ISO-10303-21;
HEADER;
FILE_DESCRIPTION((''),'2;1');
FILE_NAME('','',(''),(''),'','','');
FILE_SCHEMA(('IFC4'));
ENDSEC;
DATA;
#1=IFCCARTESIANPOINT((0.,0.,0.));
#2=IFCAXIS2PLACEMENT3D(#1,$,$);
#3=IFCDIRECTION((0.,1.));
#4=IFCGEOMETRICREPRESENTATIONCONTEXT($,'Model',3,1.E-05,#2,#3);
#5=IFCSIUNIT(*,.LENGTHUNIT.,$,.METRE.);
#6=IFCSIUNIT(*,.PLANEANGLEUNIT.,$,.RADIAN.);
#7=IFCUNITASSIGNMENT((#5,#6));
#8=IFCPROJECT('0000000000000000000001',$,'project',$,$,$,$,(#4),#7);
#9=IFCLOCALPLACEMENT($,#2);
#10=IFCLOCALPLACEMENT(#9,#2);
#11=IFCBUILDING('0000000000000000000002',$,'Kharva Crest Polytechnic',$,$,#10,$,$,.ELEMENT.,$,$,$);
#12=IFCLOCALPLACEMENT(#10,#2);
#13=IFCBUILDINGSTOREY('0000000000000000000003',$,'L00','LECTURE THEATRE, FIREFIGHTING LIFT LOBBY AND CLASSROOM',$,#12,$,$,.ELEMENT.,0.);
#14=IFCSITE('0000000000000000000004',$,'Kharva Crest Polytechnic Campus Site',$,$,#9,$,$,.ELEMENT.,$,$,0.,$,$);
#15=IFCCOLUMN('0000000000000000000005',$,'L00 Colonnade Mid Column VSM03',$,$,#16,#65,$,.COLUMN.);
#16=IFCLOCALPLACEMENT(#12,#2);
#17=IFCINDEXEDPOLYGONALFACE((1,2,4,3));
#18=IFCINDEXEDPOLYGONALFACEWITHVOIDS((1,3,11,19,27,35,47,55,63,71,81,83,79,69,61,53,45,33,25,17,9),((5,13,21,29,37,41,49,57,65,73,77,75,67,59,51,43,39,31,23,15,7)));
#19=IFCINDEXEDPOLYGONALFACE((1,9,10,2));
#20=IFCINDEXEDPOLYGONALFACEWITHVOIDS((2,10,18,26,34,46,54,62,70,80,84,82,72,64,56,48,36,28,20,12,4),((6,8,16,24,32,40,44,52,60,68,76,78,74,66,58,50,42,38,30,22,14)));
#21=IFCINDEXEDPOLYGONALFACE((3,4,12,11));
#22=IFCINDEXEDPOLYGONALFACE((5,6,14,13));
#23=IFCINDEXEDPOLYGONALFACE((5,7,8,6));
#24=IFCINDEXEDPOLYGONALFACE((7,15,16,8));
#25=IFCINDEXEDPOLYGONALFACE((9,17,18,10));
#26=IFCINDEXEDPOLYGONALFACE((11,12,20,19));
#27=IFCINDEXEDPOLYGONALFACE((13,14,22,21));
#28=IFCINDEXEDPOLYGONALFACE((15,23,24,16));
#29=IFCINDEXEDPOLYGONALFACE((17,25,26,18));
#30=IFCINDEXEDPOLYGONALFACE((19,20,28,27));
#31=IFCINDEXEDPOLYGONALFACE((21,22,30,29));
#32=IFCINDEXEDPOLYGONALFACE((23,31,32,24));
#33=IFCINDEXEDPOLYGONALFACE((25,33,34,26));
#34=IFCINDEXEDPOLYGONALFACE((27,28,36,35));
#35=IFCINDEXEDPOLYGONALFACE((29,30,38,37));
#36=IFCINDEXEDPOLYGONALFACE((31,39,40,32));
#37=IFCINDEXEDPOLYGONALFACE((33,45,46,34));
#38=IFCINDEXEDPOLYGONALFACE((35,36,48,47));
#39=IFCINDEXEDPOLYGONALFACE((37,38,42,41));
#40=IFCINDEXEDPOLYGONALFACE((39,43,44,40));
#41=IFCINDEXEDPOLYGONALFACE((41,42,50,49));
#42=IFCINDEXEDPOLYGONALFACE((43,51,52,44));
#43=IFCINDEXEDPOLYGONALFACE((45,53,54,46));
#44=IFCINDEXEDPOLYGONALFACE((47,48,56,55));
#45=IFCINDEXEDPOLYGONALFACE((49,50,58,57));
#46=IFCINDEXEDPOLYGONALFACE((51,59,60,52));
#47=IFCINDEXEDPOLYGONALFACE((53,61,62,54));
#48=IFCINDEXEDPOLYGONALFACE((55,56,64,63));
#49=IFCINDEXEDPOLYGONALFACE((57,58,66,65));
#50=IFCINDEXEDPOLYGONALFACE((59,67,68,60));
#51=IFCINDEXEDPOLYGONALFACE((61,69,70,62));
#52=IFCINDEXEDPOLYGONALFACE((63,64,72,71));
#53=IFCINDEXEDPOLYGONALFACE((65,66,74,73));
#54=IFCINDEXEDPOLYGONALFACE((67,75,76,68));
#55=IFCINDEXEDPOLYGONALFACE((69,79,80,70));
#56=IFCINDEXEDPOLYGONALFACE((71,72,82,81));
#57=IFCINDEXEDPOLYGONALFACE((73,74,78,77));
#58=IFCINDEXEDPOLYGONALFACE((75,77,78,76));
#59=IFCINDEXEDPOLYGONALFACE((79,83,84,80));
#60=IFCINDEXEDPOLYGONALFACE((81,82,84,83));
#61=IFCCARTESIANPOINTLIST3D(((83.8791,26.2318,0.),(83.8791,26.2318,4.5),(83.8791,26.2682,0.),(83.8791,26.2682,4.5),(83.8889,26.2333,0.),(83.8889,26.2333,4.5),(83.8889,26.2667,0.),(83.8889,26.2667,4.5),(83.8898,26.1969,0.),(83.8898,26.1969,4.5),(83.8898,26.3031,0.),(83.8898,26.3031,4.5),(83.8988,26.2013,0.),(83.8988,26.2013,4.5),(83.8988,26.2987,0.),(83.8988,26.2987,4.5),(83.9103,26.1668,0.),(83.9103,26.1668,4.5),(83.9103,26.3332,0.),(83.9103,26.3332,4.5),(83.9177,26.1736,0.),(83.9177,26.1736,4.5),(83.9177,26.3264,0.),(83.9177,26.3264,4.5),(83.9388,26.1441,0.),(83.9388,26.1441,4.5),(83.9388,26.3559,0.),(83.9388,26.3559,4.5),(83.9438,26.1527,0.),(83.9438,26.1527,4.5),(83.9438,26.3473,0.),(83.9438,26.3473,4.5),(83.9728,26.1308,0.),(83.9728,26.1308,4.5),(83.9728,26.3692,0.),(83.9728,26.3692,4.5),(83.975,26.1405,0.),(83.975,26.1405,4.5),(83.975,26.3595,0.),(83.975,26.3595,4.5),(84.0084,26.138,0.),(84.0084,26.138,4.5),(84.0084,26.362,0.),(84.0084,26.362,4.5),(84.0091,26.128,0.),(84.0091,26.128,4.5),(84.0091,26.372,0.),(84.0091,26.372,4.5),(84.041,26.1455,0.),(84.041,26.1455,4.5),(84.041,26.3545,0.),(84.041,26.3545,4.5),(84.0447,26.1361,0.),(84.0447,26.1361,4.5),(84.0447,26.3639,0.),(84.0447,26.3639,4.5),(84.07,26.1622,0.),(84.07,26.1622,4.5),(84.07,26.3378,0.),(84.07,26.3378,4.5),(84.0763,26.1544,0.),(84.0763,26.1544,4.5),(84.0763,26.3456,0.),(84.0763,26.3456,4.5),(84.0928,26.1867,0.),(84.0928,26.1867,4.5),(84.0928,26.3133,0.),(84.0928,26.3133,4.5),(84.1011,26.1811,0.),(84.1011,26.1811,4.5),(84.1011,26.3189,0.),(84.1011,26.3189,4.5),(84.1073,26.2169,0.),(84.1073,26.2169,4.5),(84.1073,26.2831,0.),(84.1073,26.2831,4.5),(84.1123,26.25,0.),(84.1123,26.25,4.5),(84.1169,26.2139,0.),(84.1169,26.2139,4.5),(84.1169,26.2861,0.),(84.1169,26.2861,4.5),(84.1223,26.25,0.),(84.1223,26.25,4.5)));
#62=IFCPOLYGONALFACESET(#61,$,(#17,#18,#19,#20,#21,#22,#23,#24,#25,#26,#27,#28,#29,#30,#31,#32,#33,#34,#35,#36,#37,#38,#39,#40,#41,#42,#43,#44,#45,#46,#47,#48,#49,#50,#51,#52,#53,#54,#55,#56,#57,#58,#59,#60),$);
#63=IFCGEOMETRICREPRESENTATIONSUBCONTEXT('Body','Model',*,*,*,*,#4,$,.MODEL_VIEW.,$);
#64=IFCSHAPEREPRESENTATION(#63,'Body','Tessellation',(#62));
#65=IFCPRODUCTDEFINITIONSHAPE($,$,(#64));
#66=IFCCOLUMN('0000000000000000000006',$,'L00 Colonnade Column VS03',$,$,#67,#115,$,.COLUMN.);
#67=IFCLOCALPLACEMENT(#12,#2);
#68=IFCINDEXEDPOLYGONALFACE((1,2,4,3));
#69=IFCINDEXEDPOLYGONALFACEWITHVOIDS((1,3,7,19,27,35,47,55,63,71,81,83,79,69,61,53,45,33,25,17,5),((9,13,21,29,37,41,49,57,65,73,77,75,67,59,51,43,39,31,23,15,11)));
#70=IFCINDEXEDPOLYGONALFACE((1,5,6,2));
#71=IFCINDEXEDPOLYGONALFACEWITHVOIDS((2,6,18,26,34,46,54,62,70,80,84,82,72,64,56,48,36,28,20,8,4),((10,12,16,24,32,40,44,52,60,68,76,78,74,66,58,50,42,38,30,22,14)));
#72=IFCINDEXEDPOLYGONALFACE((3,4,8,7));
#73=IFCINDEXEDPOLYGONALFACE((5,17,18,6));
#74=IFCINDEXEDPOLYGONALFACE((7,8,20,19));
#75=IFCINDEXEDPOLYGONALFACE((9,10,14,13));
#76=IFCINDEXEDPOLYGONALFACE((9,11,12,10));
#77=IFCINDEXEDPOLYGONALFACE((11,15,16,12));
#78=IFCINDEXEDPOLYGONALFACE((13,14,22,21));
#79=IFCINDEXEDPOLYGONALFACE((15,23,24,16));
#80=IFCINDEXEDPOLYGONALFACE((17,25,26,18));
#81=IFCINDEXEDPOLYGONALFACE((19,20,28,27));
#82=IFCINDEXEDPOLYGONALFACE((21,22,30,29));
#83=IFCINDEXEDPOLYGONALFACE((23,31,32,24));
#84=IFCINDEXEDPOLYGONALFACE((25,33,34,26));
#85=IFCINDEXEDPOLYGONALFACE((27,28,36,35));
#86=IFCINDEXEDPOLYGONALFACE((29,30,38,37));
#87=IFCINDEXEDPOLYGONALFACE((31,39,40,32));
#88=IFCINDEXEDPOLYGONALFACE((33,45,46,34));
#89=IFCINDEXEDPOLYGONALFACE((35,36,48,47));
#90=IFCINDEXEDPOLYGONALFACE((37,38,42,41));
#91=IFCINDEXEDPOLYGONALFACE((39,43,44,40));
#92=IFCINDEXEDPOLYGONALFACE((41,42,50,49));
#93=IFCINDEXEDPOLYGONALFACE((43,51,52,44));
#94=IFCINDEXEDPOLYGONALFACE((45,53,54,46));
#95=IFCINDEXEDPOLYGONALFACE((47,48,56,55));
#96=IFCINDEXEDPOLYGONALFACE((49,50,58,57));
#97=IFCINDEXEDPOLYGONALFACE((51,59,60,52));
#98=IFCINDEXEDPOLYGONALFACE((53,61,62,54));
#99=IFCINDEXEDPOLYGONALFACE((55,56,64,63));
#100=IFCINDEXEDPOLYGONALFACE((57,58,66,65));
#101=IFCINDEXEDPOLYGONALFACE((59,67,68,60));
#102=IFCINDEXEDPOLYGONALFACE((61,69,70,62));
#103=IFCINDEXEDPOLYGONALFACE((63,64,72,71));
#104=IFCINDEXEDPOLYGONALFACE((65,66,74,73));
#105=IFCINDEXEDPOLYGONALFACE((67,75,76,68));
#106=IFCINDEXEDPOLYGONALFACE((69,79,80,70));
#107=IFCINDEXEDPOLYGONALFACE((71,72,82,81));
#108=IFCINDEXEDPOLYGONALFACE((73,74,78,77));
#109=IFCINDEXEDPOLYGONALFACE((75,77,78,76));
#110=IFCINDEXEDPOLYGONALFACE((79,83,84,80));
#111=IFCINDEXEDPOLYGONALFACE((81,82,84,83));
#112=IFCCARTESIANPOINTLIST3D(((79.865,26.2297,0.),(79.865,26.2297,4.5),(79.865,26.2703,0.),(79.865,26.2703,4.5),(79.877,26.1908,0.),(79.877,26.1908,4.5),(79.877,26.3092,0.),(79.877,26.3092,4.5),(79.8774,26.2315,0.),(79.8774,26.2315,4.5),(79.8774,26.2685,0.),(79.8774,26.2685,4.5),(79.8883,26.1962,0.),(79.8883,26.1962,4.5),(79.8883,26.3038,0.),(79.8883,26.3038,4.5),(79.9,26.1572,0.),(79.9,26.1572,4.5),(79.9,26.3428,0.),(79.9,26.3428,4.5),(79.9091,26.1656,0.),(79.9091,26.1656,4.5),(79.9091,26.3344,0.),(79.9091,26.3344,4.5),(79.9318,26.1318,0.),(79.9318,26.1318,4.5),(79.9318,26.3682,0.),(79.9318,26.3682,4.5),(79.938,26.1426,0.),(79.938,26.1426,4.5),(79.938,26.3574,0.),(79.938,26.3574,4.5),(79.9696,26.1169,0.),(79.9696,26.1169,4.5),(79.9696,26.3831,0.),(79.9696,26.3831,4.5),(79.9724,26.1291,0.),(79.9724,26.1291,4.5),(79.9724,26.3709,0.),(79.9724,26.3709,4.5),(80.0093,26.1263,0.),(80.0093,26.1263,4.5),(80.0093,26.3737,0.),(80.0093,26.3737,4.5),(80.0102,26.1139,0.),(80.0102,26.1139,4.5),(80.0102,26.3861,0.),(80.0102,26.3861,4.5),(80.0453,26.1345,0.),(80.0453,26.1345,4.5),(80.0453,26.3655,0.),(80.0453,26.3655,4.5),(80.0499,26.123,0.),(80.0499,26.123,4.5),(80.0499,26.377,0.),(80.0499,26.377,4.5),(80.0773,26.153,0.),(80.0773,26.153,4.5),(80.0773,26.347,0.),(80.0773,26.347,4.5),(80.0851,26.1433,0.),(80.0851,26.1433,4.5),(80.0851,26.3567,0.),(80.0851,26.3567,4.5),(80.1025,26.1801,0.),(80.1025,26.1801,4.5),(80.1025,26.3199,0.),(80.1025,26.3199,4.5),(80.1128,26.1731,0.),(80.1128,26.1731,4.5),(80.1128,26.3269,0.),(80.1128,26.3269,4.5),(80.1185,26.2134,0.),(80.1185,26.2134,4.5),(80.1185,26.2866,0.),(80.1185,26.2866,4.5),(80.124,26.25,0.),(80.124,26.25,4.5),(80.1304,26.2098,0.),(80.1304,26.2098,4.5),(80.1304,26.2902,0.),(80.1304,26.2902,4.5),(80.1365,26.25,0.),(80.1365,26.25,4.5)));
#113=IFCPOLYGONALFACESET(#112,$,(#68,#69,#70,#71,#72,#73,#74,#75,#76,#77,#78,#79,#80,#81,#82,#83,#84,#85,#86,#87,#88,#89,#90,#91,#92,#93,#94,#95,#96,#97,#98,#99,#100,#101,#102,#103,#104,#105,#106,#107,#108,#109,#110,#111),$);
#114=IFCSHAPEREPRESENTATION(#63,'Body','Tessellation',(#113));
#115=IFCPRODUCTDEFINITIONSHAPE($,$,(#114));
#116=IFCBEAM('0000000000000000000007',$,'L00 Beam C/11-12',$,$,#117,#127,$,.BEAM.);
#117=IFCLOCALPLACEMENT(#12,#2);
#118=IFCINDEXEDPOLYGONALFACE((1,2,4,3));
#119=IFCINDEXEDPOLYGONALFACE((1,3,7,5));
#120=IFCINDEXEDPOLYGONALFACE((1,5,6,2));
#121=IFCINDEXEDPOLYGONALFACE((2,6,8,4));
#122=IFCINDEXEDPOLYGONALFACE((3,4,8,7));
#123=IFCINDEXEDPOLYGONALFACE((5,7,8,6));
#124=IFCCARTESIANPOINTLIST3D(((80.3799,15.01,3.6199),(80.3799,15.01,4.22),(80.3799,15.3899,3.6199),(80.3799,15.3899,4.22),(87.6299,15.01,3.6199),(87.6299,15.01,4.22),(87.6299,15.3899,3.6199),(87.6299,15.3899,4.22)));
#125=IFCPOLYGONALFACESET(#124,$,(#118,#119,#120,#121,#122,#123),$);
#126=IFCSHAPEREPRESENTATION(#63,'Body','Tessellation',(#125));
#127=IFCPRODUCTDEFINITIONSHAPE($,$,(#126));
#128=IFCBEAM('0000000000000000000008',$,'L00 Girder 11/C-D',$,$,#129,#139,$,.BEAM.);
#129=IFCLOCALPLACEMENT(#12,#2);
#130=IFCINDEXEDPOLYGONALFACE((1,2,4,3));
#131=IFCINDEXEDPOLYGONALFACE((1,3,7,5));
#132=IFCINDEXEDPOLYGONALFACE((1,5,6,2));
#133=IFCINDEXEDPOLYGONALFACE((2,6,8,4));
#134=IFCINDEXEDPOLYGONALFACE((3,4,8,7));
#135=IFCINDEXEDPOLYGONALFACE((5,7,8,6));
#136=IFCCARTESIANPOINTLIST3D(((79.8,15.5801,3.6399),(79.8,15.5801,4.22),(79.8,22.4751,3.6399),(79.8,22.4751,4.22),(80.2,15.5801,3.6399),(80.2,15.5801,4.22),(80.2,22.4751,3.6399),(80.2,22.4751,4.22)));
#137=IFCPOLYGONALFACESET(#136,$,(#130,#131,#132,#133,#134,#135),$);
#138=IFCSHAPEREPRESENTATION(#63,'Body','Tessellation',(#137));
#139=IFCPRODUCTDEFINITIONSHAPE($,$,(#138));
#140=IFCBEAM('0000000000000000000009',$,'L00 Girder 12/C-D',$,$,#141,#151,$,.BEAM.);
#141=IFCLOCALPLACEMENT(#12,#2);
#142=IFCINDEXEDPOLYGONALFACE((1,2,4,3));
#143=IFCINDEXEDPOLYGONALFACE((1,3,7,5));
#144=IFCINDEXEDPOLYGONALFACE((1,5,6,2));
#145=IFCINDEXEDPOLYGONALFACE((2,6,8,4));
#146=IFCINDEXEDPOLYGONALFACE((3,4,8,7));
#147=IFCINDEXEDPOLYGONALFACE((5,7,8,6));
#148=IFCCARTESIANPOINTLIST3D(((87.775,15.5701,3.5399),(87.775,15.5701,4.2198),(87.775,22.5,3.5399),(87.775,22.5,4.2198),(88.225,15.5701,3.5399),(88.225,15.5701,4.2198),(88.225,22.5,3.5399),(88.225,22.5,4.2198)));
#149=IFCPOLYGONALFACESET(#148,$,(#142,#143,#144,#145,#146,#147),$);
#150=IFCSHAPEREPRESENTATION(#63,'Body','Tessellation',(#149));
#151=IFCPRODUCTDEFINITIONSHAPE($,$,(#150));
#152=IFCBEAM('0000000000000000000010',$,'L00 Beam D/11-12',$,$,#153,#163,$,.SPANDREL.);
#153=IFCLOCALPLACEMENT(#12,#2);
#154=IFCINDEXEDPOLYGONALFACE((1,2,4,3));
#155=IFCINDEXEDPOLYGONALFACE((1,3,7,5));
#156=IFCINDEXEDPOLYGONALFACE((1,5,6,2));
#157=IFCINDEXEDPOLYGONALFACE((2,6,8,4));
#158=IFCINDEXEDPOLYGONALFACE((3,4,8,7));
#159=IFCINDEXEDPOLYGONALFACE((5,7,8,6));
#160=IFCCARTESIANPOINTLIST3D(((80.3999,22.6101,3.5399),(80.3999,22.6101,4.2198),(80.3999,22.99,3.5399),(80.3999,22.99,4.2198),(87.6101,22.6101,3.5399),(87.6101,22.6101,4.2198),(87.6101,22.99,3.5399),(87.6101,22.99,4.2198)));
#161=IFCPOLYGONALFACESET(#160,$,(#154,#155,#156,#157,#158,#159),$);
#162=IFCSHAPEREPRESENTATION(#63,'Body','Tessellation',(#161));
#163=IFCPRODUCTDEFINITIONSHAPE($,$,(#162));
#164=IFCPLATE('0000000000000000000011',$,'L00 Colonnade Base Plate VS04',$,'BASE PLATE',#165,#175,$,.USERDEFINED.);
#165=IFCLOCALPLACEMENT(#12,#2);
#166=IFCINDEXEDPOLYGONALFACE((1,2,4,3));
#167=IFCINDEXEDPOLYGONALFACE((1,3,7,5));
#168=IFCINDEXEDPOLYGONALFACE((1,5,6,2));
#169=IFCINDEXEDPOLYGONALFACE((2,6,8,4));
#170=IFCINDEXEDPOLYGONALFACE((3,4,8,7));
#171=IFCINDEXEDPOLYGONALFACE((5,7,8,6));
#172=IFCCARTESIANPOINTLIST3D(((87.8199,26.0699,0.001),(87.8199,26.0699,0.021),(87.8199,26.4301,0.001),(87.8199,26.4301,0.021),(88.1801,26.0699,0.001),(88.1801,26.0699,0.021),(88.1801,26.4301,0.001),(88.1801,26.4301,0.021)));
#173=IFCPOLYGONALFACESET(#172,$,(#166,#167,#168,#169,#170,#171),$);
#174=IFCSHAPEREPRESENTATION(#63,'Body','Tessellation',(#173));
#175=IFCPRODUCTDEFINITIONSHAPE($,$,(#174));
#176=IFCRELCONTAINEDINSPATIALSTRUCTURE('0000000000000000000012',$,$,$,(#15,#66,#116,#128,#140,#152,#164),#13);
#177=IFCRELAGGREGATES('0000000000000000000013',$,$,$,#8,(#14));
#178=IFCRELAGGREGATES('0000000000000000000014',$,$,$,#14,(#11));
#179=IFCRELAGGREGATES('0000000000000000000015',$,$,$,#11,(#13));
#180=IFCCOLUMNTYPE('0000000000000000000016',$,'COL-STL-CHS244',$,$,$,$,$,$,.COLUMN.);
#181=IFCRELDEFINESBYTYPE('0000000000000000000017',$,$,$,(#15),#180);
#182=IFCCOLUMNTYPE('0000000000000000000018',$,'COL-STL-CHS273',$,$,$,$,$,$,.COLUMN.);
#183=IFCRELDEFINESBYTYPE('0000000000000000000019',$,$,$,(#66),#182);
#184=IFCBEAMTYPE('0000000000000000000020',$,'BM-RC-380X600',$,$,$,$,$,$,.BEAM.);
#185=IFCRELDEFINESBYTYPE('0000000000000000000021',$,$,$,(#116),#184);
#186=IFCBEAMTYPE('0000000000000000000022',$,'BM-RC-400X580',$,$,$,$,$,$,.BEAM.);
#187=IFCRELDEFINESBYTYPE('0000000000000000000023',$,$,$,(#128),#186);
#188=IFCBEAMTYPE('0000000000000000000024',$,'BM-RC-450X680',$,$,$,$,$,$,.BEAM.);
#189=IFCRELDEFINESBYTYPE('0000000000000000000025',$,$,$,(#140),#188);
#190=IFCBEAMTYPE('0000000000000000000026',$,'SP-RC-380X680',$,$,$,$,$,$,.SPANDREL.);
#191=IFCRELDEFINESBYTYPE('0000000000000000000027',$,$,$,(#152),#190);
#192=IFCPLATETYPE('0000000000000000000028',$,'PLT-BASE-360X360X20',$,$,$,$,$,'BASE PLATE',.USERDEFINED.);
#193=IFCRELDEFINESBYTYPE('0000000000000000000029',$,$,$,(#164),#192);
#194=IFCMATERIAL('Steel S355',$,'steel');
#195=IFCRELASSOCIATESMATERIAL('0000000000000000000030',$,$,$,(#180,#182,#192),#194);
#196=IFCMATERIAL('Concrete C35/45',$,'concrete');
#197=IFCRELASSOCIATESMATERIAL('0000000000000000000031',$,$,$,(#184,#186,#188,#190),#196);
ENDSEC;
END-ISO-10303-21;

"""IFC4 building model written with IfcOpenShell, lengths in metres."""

from ifc_helpers import new_model, si_unit, direction, frame, origin, origin_2d, place, context, subcontext, project, spatial, rectangle, hollow_circle, extrude, material, material_profile, profile_set, type_object, element, save


model = new_model("IFC4")

# Units and contexts
model_context = context("Model", 3, precision=1e-05, world=origin(), true_north=direction((0.0, 1.0)))
body_context = subcontext(model_context, "Body", "Model", "MODEL_VIEW")
ifc_project = project(units=[si_unit("LENGTHUNIT", "METRE"), si_unit("PLANEANGLEUNIT", "RADIAN")], contexts=[model_context])

# Site, building, storey
site_placement = place(None, origin())
site = spatial("IfcSite", under=ifc_project, at=site_placement, Name="Kharva Crest Polytechnic Campus Site", CompositionType="ELEMENT", RefElevation=0.0)
building_placement = place(site_placement, origin())
building = spatial("IfcBuilding", under=site, at=building_placement, Name="Kharva Crest Polytechnic", CompositionType="ELEMENT")
storey_placement = place(building_placement, origin())
storey = spatial("IfcBuildingStorey", under=building, at=storey_placement, Name="L00", Description="LECTURE THEATRE, FIREFIGHTING LIFT LOBBY AND CLASSROOM", CompositionType="ELEMENT", Elevation=0.0)

# Shared definitions
ifc_material_1 = material(Name="Concrete C35/45", Category="concrete")

# Columns
ifc_material_2 = material(Name="Steel S355", Category="steel")
ifc_material_profile_1 = material_profile(ifc_material_2, hollow_circle(Radius=0.1223, WallThickness=0.01, at=origin_2d()), Name="CHS 244.5X10.0")
ifc_profile_set_1 = profile_set([ifc_material_profile_1], Name="Steel S355")
column_type_1 = type_object("IfcColumnType", Name="COL-STL-CHS244", PredefinedType="COLUMN", material=ifc_profile_set_1)
column_1_placement = place(storey_placement, frame((84.0, 26.25, 0.0), z_axis=(0.0, 0.0, 1.0), x_axis=(1.0, 0.0, 0.0)))
element("IfcColumn", 1, at=column_1_placement, inside=storey, type_object=column_type_1, Name="L00 Colonnade Mid Column VSM03", PredefinedType="COLUMN", context=body_context, shape_type="SweptSolid", body=[
    extrude(hollow_circle(Radius=0.1223, WallThickness=0.01, at=origin_2d()), origin(), (0.0, 0.0, 1.0), 4.5),
])
ifc_material_profile_2 = material_profile(ifc_material_2, hollow_circle(Radius=0.1365, WallThickness=0.0125, at=origin_2d()), Name="CHS 273.0X12.5")
ifc_profile_set_2 = profile_set([ifc_material_profile_2], Name="Steel S355")
column_type_2 = type_object("IfcColumnType", Name="COL-STL-CHS273", PredefinedType="COLUMN", material=ifc_profile_set_2)
column_2_placement = place(storey_placement, frame((80.0, 26.25, 0.0), z_axis=(0.0, 0.0, 1.0), x_axis=(1.0, 0.0, 0.0)))
element("IfcColumn", 2, at=column_2_placement, inside=storey, type_object=column_type_2, Name="L00 Colonnade Column VS03", PredefinedType="COLUMN", context=body_context, shape_type="SweptSolid", body=[
    extrude(hollow_circle(Radius=0.1365, WallThickness=0.0125, at=origin_2d()), origin(), (0.0, 0.0, 1.0), 4.5),
])

# Beams
ifc_material_profile_3 = material_profile(ifc_material_1, rectangle(XDim=0.3799, YDim=0.6001, at=origin_2d()), Name="RECT 380 X 600")
ifc_profile_set_3 = profile_set([ifc_material_profile_3], Name="Concrete C35/45")
beam_type_1 = type_object("IfcBeamType", Name="BM-RC-380X600", PredefinedType="BEAM", material=ifc_profile_set_3)
beam_1_placement = place(storey_placement, frame((80.3799, 15.2, 3.9199), z_axis=(1.0, 0.0, 0.0), x_axis=(0.0, 1.0, 0.0)))
element("IfcBeam", 3, at=beam_1_placement, inside=storey, type_object=beam_type_1, Name="L00 Beam C/11-12", PredefinedType="BEAM", context=body_context, shape_type="SweptSolid", body=[
    extrude(rectangle(XDim=0.3799, YDim=0.6001, at=origin_2d()), origin(), (0.0, 0.0, 1.0), 7.25),
])
ifc_material_profile_4 = material_profile(ifc_material_1, rectangle(XDim=0.3999, YDim=0.5801, at=origin_2d()), Name="RECT 400 X 580")
ifc_profile_set_4 = profile_set([ifc_material_profile_4], Name="Concrete C35/45")
beam_type_2 = type_object("IfcBeamType", Name="BM-RC-400X580", PredefinedType="BEAM", material=ifc_profile_set_4)
beam_2_placement = place(storey_placement, frame((80.0, 15.5801, 3.9299), z_axis=(0.0, 1.0, 0.0), x_axis=(-1.0, 0.0, 0.0)))
element("IfcBeam", 4, at=beam_2_placement, inside=storey, type_object=beam_type_2, Name="L00 Girder 11/C-D", PredefinedType="BEAM", context=body_context, shape_type="SweptSolid", body=[
    extrude(rectangle(XDim=0.3999, YDim=0.5801, at=origin_2d()), origin(), (0.0, 0.0, 1.0), 6.895),
])
ifc_material_profile_5 = material_profile(ifc_material_1, rectangle(XDim=0.45, YDim=0.6799, at=origin_2d()), Name="RECT 450 X 680")
ifc_profile_set_5 = profile_set([ifc_material_profile_5], Name="Concrete C35/45")
beam_type_3 = type_object("IfcBeamType", Name="BM-RC-450X680", PredefinedType="BEAM", material=ifc_profile_set_5)
beam_3_placement = place(storey_placement, frame((88.0, 15.5701, 3.8799), z_axis=(0.0, 1.0, 0.0), x_axis=(-1.0, 0.0, 0.0)))
element("IfcBeam", 5, at=beam_3_placement, inside=storey, type_object=beam_type_3, Name="L00 Girder 12/C-D", PredefinedType="BEAM", context=body_context, shape_type="SweptSolid", body=[
    extrude(rectangle(XDim=0.45, YDim=0.6799, at=origin_2d()), origin(), (0.0, 0.0, 1.0), 6.9299),
])
ifc_material_profile_6 = material_profile(ifc_material_1, rectangle(XDim=0.3799, YDim=0.6799, at=origin_2d()), Name="RECT 380 X 680")
ifc_profile_set_6 = profile_set([ifc_material_profile_6], Name="Concrete C35/45")
beam_type_4 = type_object("IfcBeamType", Name="SP-RC-380X680", PredefinedType="SPANDREL", material=ifc_profile_set_6)
beam_4_placement = place(storey_placement, frame((80.3999, 22.8, 3.8799), z_axis=(1.0, 0.0, 0.0), x_axis=(0.0, 1.0, 0.0)))
element("IfcBeam", 6, at=beam_4_placement, inside=storey, type_object=beam_type_4, Name="L00 Beam D/11-12", PredefinedType="SPANDREL", context=body_context, shape_type="SweptSolid", body=[
    extrude(rectangle(XDim=0.3799, YDim=0.6799, at=origin_2d()), origin(), (0.0, 0.0, 1.0), 7.2102),
])

# Plate
plate_type_1 = type_object("IfcPlateType", Name="PLT-BASE-360X360X20", ElementType="BASE PLATE", PredefinedType="USERDEFINED", material=ifc_material_2)
plate_1_placement = place(storey_placement, frame((88.0, 26.25, 0.001), z_axis=(0.0, 0.0, 1.0), x_axis=(1.0, 0.0, 0.0)))
element("IfcPlate", 7, at=plate_1_placement, inside=storey, type_object=plate_type_1, Name="L00 Colonnade Base Plate VS04", ObjectType="BASE PLATE", PredefinedType="USERDEFINED", context=body_context, shape_type="SweptSolid", body=[
    extrude(rectangle(XDim=0.3601, YDim=0.3601, at=origin_2d()), origin(), (0.0, 0.0, 1.0), 0.02),
])

save(model, "model.ifc")
